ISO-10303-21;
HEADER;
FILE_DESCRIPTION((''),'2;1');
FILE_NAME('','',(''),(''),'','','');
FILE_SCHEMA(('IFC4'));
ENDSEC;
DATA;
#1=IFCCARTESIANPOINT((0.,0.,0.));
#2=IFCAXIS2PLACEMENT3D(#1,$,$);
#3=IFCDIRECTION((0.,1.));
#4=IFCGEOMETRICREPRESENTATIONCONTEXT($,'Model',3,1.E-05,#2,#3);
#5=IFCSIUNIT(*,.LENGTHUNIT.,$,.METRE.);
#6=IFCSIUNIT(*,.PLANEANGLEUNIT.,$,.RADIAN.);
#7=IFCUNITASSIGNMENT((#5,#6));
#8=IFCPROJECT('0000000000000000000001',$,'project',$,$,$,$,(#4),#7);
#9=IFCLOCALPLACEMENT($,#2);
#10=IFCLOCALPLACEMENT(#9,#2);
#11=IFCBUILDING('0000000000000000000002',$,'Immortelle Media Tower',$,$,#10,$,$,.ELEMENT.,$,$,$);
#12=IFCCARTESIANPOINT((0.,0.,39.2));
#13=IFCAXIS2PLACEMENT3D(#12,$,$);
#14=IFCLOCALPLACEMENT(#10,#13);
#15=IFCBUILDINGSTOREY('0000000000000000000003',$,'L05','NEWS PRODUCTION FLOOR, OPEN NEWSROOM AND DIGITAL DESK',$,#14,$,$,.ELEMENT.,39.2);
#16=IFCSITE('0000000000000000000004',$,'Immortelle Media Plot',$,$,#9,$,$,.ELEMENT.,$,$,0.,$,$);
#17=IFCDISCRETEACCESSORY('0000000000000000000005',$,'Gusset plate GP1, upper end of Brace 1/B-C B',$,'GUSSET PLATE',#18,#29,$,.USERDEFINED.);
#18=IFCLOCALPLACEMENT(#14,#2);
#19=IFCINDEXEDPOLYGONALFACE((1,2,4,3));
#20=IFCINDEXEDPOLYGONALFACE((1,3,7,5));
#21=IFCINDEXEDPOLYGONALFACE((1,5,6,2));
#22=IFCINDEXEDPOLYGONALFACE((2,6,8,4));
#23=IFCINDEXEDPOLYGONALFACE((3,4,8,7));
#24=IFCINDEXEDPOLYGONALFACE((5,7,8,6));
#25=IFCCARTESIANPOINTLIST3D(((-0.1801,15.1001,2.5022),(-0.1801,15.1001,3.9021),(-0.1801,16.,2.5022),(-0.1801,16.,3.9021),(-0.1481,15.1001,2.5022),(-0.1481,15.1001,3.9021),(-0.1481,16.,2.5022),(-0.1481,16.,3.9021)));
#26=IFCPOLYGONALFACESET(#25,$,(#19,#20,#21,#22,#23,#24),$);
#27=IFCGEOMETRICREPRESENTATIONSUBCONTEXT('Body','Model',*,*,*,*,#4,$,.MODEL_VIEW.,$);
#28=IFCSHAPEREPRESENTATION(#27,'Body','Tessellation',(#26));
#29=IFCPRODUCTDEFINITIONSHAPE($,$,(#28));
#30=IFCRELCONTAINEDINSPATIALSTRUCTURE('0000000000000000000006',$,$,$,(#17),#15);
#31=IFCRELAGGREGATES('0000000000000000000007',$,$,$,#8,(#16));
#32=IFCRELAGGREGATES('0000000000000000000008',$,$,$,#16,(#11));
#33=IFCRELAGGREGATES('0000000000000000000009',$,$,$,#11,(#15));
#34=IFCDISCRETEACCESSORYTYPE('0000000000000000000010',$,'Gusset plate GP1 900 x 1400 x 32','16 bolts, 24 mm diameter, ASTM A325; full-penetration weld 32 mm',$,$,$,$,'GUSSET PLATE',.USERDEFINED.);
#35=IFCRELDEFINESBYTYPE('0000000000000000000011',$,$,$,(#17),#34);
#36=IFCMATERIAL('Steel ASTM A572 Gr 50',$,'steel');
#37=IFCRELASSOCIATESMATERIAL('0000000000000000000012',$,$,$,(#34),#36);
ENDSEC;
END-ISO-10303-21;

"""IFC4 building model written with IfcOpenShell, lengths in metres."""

from ifc_helpers import new_model, si_unit, direction, frame, origin, origin_2d, place, context, subcontext, project, spatial, rectangle, extrude, material, material_profile, profile_set, type_object, element, save


model = new_model("IFC4")

# Units and contexts
model_context = context("Model", 3, precision=1e-05, world=origin(), true_north=direction((0.0, 1.0)))
body_context = subcontext(model_context, "Body", "Model", "MODEL_VIEW")
ifc_project = project(units=[si_unit("LENGTHUNIT", "METRE"), si_unit("PLANEANGLEUNIT", "RADIAN")], contexts=[model_context])

# Site, building, storey
site_placement = place(None, origin())
site = spatial("IfcSite", under=ifc_project, at=site_placement, Name="Immortelle Media Plot", CompositionType="ELEMENT", RefElevation=0.0)
building_placement = place(site_placement, origin())
building = spatial("IfcBuilding", under=site, at=building_placement, Name="Immortelle Media Tower", CompositionType="ELEMENT")
storey_placement = place(building_placement, frame((0.0, 0.0, 39.2)))
storey = spatial("IfcBuildingStorey", under=building, at=storey_placement, Name="L05", Description="NEWS PRODUCTION FLOOR, OPEN NEWSROOM AND DIGITAL DESK", CompositionType="ELEMENT", Elevation=39.2)

# Discrete accessory
ifc_material_1 = material(Name="Steel ASTM A572 Gr 50", Category="steel")
ifc_material_profile_1 = material_profile(ifc_material_1, rectangle(XDim=0.032, YDim=1.3999, at=origin_2d()), Name="PL 32 x 1400")
ifc_profile_set_1 = profile_set([ifc_material_profile_1], Name="Steel ASTM A572 Gr 50")
discrete_accessory_type_1 = type_object("IfcDiscreteAccessoryType", Name="Gusset plate GP1 900 x 1400 x 32", Description="16 bolts, 24 mm diameter, ASTM A325; full-penetration weld 32 mm", ElementType="GUSSET PLATE", PredefinedType="USERDEFINED", material=ifc_profile_set_1)
for number, where, z_axis, x_axis, name in (
    (1, (-0.1641, 16.0, 3.2021), (0.0, -1.0, 0.0), (1.0, 0.0, 0.0), "Gusset plate GP1, upper end of Brace 1/B-C B"),
):
    element("IfcDiscreteAccessory", number, at=place(storey_placement, frame(where, z_axis=z_axis, x_axis=x_axis)), inside=storey, type_object=discrete_accessory_type_1, Name=name, ObjectType="GUSSET PLATE", PredefinedType="USERDEFINED", context=body_context, shape_type="SweptSolid", body=[
        extrude(rectangle(XDim=0.032, YDim=1.3999, at=origin_2d()), origin(), (0.0, 0.0, 1.0), 0.8999),
    ])

save(model, "model.ifc")
